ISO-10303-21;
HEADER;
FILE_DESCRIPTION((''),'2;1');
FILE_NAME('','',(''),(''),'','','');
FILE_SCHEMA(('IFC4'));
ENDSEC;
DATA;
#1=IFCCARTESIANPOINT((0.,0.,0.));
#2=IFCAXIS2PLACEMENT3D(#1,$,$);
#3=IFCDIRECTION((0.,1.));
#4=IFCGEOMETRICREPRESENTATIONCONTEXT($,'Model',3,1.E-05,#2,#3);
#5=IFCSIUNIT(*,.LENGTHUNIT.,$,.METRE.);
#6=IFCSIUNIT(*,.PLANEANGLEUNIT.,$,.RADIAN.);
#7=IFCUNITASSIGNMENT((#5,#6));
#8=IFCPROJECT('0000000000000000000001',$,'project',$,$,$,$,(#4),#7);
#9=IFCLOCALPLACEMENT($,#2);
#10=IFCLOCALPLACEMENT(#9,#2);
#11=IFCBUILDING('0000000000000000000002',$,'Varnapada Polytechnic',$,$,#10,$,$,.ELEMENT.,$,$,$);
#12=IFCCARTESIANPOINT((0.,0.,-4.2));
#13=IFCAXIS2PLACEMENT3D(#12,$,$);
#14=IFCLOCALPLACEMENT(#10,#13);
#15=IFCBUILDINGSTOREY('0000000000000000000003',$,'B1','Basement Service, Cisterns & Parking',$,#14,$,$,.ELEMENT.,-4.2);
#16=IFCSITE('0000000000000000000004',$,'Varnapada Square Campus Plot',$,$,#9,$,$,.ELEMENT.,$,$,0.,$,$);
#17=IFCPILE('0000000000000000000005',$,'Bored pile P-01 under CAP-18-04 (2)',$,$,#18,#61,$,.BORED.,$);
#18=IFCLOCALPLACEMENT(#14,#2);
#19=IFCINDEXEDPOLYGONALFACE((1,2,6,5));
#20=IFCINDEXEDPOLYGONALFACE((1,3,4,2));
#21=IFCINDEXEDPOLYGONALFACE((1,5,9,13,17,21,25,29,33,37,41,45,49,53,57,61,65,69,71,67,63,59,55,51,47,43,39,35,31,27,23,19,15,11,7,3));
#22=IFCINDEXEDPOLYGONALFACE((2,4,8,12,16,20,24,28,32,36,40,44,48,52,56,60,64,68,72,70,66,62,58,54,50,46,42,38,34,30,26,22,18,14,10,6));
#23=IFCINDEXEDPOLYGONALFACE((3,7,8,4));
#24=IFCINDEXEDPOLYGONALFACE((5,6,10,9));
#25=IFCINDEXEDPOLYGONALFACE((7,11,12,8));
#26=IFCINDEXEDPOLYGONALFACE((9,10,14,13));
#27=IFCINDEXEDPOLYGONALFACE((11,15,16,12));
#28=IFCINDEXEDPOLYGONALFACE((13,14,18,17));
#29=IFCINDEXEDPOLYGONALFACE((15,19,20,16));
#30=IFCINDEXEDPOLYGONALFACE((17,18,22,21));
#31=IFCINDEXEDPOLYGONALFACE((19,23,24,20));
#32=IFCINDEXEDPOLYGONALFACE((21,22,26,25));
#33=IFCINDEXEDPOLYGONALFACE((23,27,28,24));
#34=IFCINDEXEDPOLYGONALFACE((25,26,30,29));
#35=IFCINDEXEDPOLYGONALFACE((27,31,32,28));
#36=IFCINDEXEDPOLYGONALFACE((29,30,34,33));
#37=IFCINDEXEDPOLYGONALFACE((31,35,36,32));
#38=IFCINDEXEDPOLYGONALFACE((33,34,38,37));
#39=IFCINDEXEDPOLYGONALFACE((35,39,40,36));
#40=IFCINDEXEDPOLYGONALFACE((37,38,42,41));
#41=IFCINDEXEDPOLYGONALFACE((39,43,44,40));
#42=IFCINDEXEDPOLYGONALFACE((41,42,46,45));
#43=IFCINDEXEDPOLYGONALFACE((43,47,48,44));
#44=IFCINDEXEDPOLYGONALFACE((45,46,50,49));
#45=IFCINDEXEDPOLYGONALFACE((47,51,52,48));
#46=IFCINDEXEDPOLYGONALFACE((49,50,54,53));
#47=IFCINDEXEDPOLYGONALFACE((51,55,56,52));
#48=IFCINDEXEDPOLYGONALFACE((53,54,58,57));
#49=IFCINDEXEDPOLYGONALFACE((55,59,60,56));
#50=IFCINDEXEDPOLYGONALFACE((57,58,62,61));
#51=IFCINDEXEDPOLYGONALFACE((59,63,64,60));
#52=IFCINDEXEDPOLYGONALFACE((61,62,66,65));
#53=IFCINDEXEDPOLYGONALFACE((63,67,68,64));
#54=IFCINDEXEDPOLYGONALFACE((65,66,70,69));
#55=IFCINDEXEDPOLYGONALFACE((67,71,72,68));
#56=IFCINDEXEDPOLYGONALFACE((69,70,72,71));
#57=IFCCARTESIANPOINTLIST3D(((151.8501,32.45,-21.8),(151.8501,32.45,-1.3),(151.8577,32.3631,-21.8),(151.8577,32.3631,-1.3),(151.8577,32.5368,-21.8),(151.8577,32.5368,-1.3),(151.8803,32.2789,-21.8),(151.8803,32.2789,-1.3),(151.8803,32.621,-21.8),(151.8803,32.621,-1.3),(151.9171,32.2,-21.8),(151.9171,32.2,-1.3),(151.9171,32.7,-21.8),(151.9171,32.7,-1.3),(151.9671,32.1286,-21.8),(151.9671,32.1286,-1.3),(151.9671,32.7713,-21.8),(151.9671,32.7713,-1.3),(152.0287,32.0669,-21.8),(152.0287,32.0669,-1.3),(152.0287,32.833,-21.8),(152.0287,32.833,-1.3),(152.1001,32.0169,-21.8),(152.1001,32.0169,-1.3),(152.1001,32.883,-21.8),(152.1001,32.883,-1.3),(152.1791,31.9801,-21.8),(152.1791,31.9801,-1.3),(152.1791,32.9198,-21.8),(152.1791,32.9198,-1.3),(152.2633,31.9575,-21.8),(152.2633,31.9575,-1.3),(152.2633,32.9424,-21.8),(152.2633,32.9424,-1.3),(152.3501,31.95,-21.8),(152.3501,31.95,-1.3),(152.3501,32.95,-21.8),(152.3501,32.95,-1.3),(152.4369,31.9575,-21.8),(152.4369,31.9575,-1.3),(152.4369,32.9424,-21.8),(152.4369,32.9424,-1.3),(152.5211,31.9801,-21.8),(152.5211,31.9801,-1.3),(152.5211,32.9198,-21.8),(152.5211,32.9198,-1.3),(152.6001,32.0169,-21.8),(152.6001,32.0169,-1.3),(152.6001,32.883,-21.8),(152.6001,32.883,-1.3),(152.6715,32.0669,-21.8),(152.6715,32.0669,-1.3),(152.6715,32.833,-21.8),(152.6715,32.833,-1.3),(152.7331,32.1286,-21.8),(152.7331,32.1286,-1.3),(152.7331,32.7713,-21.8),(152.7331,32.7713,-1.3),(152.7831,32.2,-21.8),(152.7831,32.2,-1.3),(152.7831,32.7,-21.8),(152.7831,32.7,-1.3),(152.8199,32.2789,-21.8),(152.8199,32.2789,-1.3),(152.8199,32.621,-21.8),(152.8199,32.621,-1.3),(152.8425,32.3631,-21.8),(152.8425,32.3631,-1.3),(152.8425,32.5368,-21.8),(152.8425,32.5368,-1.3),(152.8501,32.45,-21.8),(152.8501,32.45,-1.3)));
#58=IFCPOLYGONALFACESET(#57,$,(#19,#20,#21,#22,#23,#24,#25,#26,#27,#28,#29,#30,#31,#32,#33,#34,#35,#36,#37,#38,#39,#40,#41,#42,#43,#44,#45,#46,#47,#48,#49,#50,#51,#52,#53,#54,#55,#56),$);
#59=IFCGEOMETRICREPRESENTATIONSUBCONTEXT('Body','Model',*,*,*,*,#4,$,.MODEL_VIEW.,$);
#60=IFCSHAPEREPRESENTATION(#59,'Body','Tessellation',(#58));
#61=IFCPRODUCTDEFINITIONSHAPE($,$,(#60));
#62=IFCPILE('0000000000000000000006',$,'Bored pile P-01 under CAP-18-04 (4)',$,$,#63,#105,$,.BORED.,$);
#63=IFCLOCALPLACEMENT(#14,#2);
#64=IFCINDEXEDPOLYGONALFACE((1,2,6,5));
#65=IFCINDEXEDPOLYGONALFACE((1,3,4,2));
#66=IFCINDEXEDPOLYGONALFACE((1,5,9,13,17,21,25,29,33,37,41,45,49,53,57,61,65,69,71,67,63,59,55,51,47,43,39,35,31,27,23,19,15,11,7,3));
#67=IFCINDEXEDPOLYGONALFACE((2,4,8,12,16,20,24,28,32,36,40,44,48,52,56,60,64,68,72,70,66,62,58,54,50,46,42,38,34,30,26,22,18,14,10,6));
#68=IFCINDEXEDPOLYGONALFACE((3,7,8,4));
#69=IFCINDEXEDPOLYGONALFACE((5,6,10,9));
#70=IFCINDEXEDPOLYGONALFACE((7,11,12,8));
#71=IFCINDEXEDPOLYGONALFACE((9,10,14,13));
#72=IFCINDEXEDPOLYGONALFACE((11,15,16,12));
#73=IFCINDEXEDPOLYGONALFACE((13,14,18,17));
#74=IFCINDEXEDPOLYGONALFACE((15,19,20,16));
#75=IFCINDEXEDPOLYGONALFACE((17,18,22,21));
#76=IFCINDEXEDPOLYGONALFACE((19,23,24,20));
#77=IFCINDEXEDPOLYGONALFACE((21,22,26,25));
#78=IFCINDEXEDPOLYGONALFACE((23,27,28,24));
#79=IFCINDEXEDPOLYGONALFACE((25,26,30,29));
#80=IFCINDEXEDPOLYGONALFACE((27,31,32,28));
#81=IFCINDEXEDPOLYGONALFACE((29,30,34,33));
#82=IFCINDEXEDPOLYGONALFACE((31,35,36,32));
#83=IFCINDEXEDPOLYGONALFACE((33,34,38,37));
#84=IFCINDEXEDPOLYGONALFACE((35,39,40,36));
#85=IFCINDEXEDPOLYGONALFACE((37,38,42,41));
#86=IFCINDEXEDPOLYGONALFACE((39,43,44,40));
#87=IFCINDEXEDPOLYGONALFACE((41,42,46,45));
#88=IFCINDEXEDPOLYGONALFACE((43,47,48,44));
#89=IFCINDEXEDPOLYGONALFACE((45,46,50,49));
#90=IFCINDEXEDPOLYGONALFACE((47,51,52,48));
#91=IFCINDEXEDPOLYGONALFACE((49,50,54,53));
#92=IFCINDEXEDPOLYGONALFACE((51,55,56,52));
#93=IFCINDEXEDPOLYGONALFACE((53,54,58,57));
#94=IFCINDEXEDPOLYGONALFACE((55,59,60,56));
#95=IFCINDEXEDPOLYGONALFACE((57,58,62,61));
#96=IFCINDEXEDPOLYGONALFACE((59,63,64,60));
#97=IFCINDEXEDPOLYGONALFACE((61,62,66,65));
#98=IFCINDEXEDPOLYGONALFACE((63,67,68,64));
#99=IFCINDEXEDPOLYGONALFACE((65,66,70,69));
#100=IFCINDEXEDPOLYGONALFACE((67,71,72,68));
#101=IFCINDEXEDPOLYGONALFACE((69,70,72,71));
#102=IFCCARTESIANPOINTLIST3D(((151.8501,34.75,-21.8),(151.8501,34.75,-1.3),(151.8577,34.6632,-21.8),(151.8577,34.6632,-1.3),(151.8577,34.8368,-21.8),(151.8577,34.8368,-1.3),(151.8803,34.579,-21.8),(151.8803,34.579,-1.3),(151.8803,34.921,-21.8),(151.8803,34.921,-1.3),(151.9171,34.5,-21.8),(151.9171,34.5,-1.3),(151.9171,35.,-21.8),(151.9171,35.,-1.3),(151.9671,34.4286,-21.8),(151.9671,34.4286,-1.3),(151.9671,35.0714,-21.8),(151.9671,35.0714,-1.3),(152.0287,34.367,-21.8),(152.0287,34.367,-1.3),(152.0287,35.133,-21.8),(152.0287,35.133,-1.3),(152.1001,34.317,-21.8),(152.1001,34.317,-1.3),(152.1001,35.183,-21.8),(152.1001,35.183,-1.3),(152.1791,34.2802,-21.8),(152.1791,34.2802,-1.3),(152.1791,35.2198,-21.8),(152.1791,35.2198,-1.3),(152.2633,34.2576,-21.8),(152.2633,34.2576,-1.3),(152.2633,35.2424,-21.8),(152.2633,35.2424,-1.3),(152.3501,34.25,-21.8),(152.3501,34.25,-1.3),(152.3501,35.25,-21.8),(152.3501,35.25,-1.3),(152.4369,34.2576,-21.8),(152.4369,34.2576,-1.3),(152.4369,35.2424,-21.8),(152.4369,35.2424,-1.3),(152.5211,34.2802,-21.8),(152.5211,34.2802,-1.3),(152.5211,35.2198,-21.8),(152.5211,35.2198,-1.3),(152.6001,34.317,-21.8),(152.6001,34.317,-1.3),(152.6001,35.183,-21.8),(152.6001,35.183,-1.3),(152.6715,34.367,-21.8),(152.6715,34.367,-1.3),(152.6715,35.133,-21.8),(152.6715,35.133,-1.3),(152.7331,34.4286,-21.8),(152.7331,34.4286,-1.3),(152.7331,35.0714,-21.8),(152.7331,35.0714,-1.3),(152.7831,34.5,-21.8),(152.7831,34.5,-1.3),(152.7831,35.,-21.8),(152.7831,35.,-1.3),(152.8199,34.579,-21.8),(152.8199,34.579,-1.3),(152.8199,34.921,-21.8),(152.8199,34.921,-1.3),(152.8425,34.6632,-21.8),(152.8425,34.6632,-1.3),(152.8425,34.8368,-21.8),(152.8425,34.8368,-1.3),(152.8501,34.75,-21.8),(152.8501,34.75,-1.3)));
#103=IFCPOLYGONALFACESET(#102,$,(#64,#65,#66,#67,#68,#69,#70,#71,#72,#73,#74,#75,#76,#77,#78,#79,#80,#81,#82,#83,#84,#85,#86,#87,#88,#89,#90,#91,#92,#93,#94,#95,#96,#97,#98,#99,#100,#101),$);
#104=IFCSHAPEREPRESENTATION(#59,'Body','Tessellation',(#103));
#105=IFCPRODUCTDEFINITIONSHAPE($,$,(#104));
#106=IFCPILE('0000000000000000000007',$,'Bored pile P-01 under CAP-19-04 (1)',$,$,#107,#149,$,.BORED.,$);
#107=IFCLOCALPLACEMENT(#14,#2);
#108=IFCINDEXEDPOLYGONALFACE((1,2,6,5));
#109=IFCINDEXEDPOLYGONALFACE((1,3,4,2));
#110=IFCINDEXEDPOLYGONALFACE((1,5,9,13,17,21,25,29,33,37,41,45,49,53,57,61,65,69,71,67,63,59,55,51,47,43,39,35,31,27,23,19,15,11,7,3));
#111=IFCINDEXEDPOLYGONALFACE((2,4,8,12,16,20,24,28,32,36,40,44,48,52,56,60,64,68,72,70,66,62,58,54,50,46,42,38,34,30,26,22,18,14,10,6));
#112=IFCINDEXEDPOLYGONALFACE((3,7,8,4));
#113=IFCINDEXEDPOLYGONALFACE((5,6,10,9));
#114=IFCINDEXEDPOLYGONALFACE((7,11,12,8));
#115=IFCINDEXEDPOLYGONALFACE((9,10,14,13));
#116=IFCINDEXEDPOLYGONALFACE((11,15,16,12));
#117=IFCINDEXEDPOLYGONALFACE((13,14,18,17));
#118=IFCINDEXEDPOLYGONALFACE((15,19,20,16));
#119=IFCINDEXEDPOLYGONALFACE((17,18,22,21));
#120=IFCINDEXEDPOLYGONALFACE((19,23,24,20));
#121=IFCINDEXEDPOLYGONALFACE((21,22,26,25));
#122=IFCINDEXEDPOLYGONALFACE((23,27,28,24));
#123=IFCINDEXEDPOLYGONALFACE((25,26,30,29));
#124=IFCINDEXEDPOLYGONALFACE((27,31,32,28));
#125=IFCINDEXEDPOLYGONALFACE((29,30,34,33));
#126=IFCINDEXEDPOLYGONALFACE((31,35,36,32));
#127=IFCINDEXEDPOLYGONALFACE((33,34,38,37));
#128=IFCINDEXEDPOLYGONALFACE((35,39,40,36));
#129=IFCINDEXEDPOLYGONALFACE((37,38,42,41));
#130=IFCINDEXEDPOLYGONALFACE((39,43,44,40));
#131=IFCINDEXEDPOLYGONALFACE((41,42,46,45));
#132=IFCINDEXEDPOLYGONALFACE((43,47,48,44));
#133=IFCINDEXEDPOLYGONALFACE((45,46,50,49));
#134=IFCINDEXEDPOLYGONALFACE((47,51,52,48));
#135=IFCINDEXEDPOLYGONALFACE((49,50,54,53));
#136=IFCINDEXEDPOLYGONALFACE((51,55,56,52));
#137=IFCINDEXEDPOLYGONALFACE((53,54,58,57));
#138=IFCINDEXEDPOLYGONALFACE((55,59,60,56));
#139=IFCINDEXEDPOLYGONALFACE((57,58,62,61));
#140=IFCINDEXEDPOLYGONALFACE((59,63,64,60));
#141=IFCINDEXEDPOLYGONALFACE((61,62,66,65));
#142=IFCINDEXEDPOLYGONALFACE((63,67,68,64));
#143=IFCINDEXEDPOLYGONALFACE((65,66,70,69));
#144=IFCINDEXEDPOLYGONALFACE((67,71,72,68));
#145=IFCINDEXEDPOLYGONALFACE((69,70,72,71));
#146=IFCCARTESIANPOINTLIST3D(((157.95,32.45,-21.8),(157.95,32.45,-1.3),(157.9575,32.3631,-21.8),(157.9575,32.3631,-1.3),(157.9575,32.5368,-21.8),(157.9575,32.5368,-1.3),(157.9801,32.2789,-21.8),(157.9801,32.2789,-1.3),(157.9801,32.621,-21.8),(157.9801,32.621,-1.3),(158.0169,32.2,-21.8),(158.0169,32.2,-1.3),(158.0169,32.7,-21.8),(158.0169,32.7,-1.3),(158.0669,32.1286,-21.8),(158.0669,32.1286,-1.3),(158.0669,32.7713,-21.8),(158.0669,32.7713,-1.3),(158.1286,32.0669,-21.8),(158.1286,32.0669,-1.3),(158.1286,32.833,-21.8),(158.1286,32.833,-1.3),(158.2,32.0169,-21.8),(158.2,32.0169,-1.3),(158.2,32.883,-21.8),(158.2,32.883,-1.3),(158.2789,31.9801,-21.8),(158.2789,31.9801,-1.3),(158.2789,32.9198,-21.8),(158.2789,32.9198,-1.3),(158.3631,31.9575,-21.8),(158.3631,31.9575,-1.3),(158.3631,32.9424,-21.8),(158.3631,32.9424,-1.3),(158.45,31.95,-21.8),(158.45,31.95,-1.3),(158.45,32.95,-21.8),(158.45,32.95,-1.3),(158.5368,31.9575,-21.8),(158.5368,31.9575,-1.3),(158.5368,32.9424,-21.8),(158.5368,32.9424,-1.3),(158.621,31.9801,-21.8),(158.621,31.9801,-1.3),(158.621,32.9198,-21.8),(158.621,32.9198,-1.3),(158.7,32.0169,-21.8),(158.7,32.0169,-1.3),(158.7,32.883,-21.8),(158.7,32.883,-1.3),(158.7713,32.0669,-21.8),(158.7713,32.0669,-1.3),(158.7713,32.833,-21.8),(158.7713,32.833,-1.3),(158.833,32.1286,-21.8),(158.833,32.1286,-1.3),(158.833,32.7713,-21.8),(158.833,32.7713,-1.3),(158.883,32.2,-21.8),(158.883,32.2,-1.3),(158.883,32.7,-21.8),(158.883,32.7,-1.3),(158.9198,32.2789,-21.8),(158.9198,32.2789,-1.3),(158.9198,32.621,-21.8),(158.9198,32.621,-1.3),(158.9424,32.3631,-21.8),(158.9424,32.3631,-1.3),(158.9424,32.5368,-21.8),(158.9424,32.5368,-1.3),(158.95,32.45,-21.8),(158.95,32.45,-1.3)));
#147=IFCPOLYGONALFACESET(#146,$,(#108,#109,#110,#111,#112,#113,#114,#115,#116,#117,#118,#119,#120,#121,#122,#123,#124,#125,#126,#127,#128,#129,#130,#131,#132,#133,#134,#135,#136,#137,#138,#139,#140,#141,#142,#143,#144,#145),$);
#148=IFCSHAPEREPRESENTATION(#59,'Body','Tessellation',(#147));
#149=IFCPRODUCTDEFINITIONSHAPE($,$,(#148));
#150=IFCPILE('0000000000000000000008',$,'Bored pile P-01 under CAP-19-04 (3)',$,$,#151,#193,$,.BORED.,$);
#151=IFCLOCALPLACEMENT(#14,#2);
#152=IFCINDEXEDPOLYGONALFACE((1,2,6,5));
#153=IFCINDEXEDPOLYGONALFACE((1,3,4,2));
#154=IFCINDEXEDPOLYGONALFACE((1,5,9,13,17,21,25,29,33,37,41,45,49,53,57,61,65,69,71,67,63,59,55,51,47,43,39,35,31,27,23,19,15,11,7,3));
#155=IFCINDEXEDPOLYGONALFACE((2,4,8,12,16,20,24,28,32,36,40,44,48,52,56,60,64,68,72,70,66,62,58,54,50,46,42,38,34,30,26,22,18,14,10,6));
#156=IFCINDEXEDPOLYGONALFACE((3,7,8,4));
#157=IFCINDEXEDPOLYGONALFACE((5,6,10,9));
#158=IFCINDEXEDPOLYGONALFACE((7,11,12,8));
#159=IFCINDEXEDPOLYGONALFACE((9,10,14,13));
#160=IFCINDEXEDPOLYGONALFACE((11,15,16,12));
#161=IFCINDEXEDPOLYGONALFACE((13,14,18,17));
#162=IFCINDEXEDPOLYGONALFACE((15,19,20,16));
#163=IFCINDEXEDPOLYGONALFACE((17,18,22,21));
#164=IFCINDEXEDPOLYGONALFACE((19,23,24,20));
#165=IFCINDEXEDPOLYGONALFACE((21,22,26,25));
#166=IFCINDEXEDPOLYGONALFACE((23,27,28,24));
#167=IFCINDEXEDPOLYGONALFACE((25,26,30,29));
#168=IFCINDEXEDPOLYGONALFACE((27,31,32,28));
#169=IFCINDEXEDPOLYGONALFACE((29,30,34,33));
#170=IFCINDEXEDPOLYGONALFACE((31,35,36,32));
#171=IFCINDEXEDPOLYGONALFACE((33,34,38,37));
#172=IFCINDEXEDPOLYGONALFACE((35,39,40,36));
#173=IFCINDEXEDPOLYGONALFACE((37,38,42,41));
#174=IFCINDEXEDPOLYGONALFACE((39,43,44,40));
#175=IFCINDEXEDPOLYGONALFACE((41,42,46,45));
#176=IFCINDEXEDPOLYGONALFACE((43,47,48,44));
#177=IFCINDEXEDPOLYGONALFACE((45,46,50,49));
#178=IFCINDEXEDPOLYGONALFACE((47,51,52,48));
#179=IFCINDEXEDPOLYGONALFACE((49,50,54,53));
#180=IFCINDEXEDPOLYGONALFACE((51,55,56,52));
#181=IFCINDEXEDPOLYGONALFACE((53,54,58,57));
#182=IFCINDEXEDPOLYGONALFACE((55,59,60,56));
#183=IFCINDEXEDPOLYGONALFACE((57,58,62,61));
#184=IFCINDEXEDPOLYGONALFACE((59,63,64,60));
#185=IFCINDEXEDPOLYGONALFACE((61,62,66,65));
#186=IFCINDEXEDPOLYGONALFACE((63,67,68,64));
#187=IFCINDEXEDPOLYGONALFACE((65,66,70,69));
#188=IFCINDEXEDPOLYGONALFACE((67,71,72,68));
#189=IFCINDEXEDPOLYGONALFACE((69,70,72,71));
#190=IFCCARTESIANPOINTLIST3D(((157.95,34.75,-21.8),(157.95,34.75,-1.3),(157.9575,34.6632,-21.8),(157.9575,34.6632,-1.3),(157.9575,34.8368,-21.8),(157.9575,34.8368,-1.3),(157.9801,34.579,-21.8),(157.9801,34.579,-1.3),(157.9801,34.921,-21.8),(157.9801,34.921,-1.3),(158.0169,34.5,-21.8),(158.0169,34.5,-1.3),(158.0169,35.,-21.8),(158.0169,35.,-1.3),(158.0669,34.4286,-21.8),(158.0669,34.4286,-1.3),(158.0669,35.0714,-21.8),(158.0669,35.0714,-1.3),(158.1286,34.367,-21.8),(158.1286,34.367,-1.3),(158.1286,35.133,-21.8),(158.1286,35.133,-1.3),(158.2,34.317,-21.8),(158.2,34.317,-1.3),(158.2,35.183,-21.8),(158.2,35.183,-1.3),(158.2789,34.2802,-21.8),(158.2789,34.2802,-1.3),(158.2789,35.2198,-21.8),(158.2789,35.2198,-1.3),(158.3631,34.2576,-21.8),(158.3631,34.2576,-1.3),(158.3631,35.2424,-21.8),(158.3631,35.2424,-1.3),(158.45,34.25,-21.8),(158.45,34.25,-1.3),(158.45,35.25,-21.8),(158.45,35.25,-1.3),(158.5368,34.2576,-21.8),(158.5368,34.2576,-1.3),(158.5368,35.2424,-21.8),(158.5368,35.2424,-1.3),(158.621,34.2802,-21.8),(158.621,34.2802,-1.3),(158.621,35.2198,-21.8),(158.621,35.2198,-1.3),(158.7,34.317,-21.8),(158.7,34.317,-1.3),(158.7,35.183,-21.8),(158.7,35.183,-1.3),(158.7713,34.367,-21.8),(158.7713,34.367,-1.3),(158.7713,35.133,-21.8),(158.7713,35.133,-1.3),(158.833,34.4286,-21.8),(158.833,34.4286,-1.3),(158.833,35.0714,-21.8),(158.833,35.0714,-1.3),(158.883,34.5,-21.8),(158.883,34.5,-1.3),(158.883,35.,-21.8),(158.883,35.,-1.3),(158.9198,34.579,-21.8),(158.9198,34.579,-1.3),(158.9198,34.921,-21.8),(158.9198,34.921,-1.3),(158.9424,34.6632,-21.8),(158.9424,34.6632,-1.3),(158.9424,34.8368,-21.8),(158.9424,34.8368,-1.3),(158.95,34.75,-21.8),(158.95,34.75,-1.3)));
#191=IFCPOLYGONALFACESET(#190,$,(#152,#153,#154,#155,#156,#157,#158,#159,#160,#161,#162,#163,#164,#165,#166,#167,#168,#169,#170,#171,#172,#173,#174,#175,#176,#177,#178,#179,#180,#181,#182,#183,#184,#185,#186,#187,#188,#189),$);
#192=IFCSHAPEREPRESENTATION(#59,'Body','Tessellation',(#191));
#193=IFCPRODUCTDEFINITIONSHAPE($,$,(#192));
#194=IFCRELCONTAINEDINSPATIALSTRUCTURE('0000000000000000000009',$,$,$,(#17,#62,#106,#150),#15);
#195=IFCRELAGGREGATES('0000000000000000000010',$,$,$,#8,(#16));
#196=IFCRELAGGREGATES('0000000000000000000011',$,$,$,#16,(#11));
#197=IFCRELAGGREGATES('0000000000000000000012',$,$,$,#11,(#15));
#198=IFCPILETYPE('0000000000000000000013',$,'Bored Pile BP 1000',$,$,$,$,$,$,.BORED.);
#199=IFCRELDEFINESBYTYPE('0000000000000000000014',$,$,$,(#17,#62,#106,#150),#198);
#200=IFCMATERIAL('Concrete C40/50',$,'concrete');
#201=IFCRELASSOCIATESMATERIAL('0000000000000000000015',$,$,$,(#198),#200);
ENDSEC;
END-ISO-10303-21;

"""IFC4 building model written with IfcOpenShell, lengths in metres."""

from ifc_helpers import new_model, si_unit, direction, frame, origin, origin_2d, place, context, subcontext, project, spatial, circle, extrude, material, material_profile, profile_set, type_object, element, save


model = new_model("IFC4")

# Units and contexts
model_context = context("Model", 3, precision=1e-05, world=origin(), true_north=direction((0.0, 1.0)))
body_context = subcontext(model_context, "Body", "Model", "MODEL_VIEW")
ifc_project = project(units=[si_unit("LENGTHUNIT", "METRE"), si_unit("PLANEANGLEUNIT", "RADIAN")], contexts=[model_context])

# Site, building, storey
site_placement = place(None, origin())
site = spatial("IfcSite", under=ifc_project, at=site_placement, Name="Varnapada Square Campus Plot", CompositionType="ELEMENT", RefElevation=0.0)
building_placement = place(site_placement, origin())
building = spatial("IfcBuilding", under=site, at=building_placement, Name="Varnapada Polytechnic", CompositionType="ELEMENT")
storey_placement = place(building_placement, frame((0.0, 0.0, -4.2)))
storey = spatial("IfcBuildingStorey", under=building, at=storey_placement, Name="B1", Description="Basement Service, Cisterns & Parking", CompositionType="ELEMENT", Elevation=-4.2)

# Piles
ifc_material_1 = material(Name="Concrete C40/50", Category="concrete")
ifc_material_profile_1 = material_profile(ifc_material_1, circle(Radius=0.5, at=origin_2d()), Name="BP 1000")
ifc_profile_set_1 = profile_set([ifc_material_profile_1], Name="Concrete C40/50")
pile_type_1 = type_object("IfcPileType", Name="Bored Pile BP 1000", PredefinedType="BORED", material=ifc_profile_set_1)
for number, where, z_axis, x_axis, name in (
    (1, (152.3501, 32.45, -1.3), (0.0, 0.0, -1.0), (1.0, 0.0, 0.0), "Bored pile P-01 under CAP-18-04 (2)"),
    (2, (152.3501, 34.75, -1.3), (0.0, 0.0, -1.0), (1.0, 0.0, 0.0), "Bored pile P-01 under CAP-18-04 (4)"),
    (3, (158.45, 32.45, -1.3), (0.0, 0.0, -1.0), (1.0, 0.0, 0.0), "Bored pile P-01 under CAP-19-04 (1)"),
    (4, (158.45, 34.75, -1.3), (0.0, 0.0, -1.0), (1.0, 0.0, 0.0), "Bored pile P-01 under CAP-19-04 (3)"),
):
    element("IfcPile", number, at=place(storey_placement, frame(where, z_axis=z_axis, x_axis=x_axis)), inside=storey, type_object=pile_type_1, Name=name, PredefinedType="BORED", context=body_context, shape_type="SweptSolid", body=[
        extrude(circle(Radius=0.5, at=origin_2d()), origin(), (0.0, 0.0, 1.0), 20.5),
    ])

save(model, "model.ifc")
